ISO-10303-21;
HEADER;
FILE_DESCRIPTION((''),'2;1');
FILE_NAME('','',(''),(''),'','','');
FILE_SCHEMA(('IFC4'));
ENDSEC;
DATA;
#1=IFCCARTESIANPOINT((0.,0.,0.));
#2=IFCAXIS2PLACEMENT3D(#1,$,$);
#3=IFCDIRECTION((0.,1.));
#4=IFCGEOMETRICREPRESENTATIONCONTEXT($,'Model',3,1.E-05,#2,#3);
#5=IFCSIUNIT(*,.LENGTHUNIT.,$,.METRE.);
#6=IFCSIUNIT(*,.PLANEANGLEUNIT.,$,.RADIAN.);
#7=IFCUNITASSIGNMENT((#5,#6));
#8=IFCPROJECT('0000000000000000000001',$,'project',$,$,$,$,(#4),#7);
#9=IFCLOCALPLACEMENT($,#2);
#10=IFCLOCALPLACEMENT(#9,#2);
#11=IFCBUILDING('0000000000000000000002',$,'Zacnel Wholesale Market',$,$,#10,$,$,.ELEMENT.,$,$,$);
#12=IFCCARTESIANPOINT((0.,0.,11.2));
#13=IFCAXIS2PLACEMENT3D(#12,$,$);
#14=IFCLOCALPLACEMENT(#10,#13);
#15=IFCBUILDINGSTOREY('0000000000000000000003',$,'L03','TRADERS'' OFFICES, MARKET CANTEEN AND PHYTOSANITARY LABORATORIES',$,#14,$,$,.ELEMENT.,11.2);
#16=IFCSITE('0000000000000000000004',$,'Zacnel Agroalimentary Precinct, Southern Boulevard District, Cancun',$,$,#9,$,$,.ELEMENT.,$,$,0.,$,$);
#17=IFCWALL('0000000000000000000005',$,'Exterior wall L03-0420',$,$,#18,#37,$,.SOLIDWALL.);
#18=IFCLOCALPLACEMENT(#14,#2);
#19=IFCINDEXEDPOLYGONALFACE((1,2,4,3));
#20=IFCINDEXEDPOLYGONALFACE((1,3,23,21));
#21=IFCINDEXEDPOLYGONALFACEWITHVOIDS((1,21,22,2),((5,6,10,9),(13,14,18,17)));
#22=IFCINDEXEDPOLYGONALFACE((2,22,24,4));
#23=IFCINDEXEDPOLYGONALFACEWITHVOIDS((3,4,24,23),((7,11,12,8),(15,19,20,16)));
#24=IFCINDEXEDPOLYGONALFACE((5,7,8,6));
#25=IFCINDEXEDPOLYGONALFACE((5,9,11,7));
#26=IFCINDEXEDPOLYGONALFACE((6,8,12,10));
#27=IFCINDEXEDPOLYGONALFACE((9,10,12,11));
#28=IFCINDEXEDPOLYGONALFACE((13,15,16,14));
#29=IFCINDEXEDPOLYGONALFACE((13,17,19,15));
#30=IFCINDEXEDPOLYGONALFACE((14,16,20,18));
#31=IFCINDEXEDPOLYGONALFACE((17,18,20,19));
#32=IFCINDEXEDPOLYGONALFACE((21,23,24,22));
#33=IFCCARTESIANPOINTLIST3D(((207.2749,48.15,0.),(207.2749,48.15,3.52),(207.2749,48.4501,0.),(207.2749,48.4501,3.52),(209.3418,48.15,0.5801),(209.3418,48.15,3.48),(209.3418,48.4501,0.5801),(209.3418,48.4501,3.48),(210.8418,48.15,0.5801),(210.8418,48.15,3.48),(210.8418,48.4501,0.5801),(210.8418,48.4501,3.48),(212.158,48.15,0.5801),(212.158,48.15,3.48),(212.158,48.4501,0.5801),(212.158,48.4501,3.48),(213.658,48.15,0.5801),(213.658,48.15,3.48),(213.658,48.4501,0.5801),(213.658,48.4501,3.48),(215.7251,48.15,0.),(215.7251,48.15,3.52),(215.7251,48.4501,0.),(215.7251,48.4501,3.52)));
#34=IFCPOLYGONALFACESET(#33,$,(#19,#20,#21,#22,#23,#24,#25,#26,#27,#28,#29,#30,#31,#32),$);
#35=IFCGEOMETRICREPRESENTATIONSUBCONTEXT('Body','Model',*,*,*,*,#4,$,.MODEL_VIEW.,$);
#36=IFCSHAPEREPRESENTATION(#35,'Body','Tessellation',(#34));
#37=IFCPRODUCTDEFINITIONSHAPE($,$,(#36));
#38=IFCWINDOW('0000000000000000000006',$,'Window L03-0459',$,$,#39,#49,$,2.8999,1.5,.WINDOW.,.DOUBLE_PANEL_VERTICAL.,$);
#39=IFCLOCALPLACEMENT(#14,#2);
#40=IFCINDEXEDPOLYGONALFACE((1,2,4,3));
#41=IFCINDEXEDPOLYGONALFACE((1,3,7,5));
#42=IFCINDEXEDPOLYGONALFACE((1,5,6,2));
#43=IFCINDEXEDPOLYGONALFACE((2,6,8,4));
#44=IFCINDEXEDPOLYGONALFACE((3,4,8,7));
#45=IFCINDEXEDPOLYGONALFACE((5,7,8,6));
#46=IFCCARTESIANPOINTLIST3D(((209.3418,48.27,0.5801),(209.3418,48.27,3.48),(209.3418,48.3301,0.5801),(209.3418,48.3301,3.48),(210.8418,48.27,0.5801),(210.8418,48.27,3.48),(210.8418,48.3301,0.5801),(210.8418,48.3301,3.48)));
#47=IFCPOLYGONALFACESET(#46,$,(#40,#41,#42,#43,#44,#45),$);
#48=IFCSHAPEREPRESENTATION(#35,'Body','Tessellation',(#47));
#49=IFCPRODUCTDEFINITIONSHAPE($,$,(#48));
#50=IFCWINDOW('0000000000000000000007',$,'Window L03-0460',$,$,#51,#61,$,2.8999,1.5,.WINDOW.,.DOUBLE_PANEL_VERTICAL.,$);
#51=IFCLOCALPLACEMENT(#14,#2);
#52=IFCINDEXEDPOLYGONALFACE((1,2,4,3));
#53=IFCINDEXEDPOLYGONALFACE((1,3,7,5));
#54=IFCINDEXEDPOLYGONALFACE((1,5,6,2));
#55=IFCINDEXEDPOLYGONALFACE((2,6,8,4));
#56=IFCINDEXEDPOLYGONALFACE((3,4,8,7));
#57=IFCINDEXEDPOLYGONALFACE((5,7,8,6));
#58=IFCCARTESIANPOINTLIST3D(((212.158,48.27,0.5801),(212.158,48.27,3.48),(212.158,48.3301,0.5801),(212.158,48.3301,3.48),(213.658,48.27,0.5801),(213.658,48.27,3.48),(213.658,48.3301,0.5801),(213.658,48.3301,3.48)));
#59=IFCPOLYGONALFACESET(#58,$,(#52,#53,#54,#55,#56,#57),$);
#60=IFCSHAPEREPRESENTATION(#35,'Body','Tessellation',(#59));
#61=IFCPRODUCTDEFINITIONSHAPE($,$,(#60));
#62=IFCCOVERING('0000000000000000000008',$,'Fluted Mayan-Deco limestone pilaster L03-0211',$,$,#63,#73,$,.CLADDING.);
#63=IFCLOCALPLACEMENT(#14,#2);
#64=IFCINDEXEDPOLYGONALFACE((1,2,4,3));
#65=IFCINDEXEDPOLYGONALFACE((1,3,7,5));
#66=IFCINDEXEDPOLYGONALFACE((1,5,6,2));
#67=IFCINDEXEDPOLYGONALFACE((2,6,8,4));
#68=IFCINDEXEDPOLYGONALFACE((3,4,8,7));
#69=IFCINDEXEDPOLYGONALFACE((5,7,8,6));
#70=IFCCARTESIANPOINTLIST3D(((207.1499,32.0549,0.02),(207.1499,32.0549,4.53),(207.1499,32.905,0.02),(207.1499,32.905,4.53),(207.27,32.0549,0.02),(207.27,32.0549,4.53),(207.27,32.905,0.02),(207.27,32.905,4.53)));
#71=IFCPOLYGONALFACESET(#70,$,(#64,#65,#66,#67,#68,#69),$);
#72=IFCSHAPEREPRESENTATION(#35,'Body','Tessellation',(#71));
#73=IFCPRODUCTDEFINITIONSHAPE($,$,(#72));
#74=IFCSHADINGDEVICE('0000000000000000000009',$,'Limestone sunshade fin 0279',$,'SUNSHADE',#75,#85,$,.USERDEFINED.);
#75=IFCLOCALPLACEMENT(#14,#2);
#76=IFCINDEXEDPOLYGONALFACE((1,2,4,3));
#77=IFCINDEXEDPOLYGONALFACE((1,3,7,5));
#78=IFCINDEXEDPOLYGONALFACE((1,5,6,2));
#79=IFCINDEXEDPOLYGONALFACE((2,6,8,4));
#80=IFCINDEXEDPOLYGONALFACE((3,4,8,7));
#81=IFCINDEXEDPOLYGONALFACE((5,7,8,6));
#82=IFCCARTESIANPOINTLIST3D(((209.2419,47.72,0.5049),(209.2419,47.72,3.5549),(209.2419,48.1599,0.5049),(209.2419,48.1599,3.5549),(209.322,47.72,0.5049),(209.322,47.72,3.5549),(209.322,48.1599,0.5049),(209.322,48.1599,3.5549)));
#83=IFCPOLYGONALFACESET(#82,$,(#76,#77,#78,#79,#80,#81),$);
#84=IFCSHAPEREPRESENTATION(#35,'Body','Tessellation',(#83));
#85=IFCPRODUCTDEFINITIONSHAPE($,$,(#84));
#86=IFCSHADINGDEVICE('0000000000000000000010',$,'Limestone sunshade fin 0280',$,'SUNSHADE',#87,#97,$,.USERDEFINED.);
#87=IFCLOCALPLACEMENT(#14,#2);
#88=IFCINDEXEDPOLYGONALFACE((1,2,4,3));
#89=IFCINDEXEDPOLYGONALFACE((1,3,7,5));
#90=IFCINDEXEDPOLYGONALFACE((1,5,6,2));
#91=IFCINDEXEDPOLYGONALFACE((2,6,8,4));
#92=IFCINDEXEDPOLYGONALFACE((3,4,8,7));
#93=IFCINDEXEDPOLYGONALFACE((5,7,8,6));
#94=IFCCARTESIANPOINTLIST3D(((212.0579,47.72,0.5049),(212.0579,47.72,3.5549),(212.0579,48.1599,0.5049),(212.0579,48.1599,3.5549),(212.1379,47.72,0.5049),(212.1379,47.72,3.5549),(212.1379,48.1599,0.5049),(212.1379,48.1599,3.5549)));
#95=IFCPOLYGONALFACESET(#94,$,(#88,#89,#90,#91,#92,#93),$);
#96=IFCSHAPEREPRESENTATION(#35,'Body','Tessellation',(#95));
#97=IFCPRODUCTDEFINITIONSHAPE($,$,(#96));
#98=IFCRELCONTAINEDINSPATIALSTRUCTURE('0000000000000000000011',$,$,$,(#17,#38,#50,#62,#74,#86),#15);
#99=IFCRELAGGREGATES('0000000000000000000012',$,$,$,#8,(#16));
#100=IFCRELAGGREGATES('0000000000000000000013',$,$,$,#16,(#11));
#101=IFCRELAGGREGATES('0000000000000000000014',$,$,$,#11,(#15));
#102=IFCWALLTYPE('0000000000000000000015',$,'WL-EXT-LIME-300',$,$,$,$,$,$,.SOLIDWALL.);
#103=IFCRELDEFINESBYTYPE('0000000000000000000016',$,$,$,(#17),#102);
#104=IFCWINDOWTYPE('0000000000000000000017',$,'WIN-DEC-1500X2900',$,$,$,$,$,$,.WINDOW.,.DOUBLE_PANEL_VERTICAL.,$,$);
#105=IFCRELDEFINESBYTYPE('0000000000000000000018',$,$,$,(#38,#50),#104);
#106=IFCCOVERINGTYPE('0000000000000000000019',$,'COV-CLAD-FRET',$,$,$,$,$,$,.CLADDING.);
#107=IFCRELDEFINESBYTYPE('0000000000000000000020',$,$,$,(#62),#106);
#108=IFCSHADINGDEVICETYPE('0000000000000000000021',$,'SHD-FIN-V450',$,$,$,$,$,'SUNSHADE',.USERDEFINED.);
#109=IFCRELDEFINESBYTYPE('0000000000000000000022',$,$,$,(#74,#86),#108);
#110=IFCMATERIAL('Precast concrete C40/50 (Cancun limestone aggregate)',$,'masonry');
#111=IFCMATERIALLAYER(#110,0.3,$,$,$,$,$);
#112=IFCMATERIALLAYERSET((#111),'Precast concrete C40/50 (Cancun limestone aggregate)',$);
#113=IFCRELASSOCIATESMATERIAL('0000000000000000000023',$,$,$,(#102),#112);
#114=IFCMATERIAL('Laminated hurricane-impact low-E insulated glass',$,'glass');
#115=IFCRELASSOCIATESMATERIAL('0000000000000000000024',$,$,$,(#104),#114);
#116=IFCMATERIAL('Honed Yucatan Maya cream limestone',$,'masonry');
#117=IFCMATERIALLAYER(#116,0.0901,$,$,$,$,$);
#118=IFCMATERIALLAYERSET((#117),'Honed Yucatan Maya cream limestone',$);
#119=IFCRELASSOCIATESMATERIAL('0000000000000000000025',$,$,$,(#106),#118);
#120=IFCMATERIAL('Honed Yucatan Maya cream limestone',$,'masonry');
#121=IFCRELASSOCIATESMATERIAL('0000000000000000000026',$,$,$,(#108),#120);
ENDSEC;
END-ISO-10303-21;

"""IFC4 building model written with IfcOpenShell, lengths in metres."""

from ifc_helpers import new_model, si_unit, direction, frame, frame_2d, origin, origin_2d, place, context, subcontext, project, spatial, rectangle, extrude, material, layer, layer_set, type_object, element, fill, save


model = new_model("IFC4")

# Units and contexts
model_context = context("Model", 3, precision=1e-05, world=origin(), true_north=direction((0.0, 1.0)))
body_context = subcontext(model_context, "Body", "Model", "MODEL_VIEW")
ifc_project = project(units=[si_unit("LENGTHUNIT", "METRE"), si_unit("PLANEANGLEUNIT", "RADIAN")], contexts=[model_context])

# Site, building, storey
site_placement = place(None, origin())
site = spatial("IfcSite", under=ifc_project, at=site_placement, Name="Zacnel Agroalimentary Precinct, Southern Boulevard District, Cancun", CompositionType="ELEMENT", RefElevation=0.0)
building_placement = place(site_placement, origin())
building = spatial("IfcBuilding", under=site, at=building_placement, Name="Zacnel Wholesale Market", CompositionType="ELEMENT")
storey_placement = place(building_placement, frame((0.0, 0.0, 11.2)))
storey = spatial("IfcBuildingStorey", under=building, at=storey_placement, Name="L03", Description="TRADERS' OFFICES, MARKET CANTEEN AND PHYTOSANITARY LABORATORIES", CompositionType="ELEMENT", Elevation=11.2)

# Wall, openings, windows
ifc_material_1 = material(Name="Precast concrete C40/50 (Cancun limestone aggregate)", Category="masonry")
ifc_layer_1 = layer(ifc_material_1, 0.3)
ifc_layer_set_1 = layer_set([ifc_layer_1], Name="Precast concrete C40/50 (Cancun limestone aggregate)")
wall_type = type_object("IfcWallType", Name="WL-EXT-LIME-300", PredefinedType="SOLIDWALL", material=ifc_layer_set_1)
wall_placement = place(storey_placement, frame((207.2749, 48.3, 0.0), z_axis=(0.0, 0.0, 1.0), x_axis=(1.0, 0.0, 0.0)))
wall = element("IfcWall", 1, at=wall_placement, inside=storey, type_object=wall_type, Name="Exterior wall L03-0420", PredefinedType="SOLIDWALL", context=body_context, shape_type="SweptSolid", body=[
    extrude(rectangle(XDim=8.4502, YDim=0.3, at=frame_2d((4.2251, 0.0))), origin(), (0.0, 0.0, 1.0), 3.52),
])
opening_1_placement = place(wall_placement, frame((2.0669, 0.0, 0.5801)))
opening_1 = element("IfcOpeningElement", 2, at=opening_1_placement, cuts=wall, PredefinedType="OPENING", context=body_context, shape_type="SweptSolid", body=[
    extrude(rectangle(XDim=1.5, YDim=2.8999, at=frame_2d((0.75, 1.45))), frame((0.0, 0.1599, 0.0), z_axis=(0.0, -1.0, 0.0), x_axis=(1.0, 0.0, 0.0)), (0.0, 0.0, 1.0), 0.3201),
])
opening_2_placement = place(wall_placement, frame((4.8831, 0.0, 0.5801)))
opening_2 = element("IfcOpeningElement", 3, at=opening_2_placement, cuts=wall, PredefinedType="OPENING", context=body_context, shape_type="SweptSolid", body=[
    extrude(rectangle(XDim=1.5, YDim=2.8999, at=frame_2d((0.75, 1.45))), frame((0.0, 0.1599, 0.0), z_axis=(0.0, -1.0, 0.0), x_axis=(1.0, 0.0, 0.0)), (0.0, 0.0, 1.0), 0.3201),
])
ifc_material_2 = material(Name="Laminated hurricane-impact low-E insulated glass", Category="glass")
window_type = type_object("IfcWindowType", Name="WIN-DEC-1500X2900", PartitioningType="DOUBLE_PANEL_VERTICAL", PredefinedType="WINDOW", material=ifc_material_2)
window_1_placement = place(opening_1_placement, origin())
window_1 = element("IfcWindow", 4, at=window_1_placement, inside=storey, type_object=window_type, Name="Window L03-0459", OverallHeight=2.8999, OverallWidth=1.5, PartitioningType="DOUBLE_PANEL_VERTICAL", PredefinedType="WINDOW", context=body_context, shape_type="SweptSolid", body=[
    extrude(rectangle(XDim=1.5, YDim=2.8999, at=frame_2d((0.75, 1.45))), frame((0.0, 0.03, 0.0), z_axis=(0.0, -1.0, 0.0), x_axis=(1.0, 0.0, 0.0)), (0.0, 0.0, 1.0), 0.0601),
])
fill(opening_1, window_1)
window_2_placement = place(opening_2_placement, origin())
window_2 = element("IfcWindow", 5, at=window_2_placement, inside=storey, type_object=window_type, Name="Window L03-0460", OverallHeight=2.8999, OverallWidth=1.5, PartitioningType="DOUBLE_PANEL_VERTICAL", PredefinedType="WINDOW", context=body_context, shape_type="SweptSolid", body=[
    extrude(rectangle(XDim=1.5, YDim=2.8999, at=frame_2d((0.75, 1.45))), frame((0.0, 0.03, 0.0), z_axis=(0.0, -1.0, 0.0), x_axis=(1.0, 0.0, 0.0)), (0.0, 0.0, 1.0), 0.0601),
])
fill(opening_2, window_2)

# Covering
ifc_material_3 = material(Name="Honed Yucatan Maya cream limestone", Category="masonry")
ifc_layer_2 = layer(ifc_material_3, 0.0901)
ifc_layer_set_2 = layer_set([ifc_layer_2], Name="Honed Yucatan Maya cream limestone")
covering_type = type_object("IfcCoveringType", Name="COV-CLAD-FRET", PredefinedType="CLADDING", material=ifc_layer_set_2)
covering_placement = place(storey_placement, frame((207.21, 32.48, 0.02), z_axis=(0.0, 0.0, 1.0), x_axis=(0.0, 1.0, 0.0)))
element("IfcCovering", 6, at=covering_placement, inside=storey, type_object=covering_type, Name="Fluted Mayan-Deco limestone pilaster L03-0211", PredefinedType="CLADDING", context=body_context, shape_type="SweptSolid", body=[
    extrude(rectangle(XDim=0.8501, YDim=0.1201, at=origin_2d()), origin(), (0.0, 0.0, 1.0), 4.51),
])

# Shading devices
ifc_material_4 = material(Name="Honed Yucatan Maya cream limestone", Category="masonry")
shading_device_type = type_object("IfcShadingDeviceType", Name="SHD-FIN-V450", ElementType="SUNSHADE", PredefinedType="USERDEFINED", material=ifc_material_4)
for number, where, z_axis, x_axis, name in (
    (7, (209.282, 47.9399, 0.5049), (0.0, 0.0, 1.0), (1.0, 0.0, 0.0), "Limestone sunshade fin 0279"),
    (8, (212.0979, 47.9399, 0.5049), (0.0, 0.0, 1.0), (1.0, 0.0, 0.0), "Limestone sunshade fin 0280"),
):
    element("IfcShadingDevice", number, at=place(storey_placement, frame(where, z_axis=z_axis, x_axis=x_axis)), inside=storey, type_object=shading_device_type, Name=name, ObjectType="SUNSHADE", PredefinedType="USERDEFINED", context=body_context, shape_type="SweptSolid", body=[
        extrude(rectangle(XDim=0.0801, YDim=0.4399, at=origin_2d()), origin(), (0.0, 0.0, 1.0), 3.05),
    ])

save(model, "model.ifc")
